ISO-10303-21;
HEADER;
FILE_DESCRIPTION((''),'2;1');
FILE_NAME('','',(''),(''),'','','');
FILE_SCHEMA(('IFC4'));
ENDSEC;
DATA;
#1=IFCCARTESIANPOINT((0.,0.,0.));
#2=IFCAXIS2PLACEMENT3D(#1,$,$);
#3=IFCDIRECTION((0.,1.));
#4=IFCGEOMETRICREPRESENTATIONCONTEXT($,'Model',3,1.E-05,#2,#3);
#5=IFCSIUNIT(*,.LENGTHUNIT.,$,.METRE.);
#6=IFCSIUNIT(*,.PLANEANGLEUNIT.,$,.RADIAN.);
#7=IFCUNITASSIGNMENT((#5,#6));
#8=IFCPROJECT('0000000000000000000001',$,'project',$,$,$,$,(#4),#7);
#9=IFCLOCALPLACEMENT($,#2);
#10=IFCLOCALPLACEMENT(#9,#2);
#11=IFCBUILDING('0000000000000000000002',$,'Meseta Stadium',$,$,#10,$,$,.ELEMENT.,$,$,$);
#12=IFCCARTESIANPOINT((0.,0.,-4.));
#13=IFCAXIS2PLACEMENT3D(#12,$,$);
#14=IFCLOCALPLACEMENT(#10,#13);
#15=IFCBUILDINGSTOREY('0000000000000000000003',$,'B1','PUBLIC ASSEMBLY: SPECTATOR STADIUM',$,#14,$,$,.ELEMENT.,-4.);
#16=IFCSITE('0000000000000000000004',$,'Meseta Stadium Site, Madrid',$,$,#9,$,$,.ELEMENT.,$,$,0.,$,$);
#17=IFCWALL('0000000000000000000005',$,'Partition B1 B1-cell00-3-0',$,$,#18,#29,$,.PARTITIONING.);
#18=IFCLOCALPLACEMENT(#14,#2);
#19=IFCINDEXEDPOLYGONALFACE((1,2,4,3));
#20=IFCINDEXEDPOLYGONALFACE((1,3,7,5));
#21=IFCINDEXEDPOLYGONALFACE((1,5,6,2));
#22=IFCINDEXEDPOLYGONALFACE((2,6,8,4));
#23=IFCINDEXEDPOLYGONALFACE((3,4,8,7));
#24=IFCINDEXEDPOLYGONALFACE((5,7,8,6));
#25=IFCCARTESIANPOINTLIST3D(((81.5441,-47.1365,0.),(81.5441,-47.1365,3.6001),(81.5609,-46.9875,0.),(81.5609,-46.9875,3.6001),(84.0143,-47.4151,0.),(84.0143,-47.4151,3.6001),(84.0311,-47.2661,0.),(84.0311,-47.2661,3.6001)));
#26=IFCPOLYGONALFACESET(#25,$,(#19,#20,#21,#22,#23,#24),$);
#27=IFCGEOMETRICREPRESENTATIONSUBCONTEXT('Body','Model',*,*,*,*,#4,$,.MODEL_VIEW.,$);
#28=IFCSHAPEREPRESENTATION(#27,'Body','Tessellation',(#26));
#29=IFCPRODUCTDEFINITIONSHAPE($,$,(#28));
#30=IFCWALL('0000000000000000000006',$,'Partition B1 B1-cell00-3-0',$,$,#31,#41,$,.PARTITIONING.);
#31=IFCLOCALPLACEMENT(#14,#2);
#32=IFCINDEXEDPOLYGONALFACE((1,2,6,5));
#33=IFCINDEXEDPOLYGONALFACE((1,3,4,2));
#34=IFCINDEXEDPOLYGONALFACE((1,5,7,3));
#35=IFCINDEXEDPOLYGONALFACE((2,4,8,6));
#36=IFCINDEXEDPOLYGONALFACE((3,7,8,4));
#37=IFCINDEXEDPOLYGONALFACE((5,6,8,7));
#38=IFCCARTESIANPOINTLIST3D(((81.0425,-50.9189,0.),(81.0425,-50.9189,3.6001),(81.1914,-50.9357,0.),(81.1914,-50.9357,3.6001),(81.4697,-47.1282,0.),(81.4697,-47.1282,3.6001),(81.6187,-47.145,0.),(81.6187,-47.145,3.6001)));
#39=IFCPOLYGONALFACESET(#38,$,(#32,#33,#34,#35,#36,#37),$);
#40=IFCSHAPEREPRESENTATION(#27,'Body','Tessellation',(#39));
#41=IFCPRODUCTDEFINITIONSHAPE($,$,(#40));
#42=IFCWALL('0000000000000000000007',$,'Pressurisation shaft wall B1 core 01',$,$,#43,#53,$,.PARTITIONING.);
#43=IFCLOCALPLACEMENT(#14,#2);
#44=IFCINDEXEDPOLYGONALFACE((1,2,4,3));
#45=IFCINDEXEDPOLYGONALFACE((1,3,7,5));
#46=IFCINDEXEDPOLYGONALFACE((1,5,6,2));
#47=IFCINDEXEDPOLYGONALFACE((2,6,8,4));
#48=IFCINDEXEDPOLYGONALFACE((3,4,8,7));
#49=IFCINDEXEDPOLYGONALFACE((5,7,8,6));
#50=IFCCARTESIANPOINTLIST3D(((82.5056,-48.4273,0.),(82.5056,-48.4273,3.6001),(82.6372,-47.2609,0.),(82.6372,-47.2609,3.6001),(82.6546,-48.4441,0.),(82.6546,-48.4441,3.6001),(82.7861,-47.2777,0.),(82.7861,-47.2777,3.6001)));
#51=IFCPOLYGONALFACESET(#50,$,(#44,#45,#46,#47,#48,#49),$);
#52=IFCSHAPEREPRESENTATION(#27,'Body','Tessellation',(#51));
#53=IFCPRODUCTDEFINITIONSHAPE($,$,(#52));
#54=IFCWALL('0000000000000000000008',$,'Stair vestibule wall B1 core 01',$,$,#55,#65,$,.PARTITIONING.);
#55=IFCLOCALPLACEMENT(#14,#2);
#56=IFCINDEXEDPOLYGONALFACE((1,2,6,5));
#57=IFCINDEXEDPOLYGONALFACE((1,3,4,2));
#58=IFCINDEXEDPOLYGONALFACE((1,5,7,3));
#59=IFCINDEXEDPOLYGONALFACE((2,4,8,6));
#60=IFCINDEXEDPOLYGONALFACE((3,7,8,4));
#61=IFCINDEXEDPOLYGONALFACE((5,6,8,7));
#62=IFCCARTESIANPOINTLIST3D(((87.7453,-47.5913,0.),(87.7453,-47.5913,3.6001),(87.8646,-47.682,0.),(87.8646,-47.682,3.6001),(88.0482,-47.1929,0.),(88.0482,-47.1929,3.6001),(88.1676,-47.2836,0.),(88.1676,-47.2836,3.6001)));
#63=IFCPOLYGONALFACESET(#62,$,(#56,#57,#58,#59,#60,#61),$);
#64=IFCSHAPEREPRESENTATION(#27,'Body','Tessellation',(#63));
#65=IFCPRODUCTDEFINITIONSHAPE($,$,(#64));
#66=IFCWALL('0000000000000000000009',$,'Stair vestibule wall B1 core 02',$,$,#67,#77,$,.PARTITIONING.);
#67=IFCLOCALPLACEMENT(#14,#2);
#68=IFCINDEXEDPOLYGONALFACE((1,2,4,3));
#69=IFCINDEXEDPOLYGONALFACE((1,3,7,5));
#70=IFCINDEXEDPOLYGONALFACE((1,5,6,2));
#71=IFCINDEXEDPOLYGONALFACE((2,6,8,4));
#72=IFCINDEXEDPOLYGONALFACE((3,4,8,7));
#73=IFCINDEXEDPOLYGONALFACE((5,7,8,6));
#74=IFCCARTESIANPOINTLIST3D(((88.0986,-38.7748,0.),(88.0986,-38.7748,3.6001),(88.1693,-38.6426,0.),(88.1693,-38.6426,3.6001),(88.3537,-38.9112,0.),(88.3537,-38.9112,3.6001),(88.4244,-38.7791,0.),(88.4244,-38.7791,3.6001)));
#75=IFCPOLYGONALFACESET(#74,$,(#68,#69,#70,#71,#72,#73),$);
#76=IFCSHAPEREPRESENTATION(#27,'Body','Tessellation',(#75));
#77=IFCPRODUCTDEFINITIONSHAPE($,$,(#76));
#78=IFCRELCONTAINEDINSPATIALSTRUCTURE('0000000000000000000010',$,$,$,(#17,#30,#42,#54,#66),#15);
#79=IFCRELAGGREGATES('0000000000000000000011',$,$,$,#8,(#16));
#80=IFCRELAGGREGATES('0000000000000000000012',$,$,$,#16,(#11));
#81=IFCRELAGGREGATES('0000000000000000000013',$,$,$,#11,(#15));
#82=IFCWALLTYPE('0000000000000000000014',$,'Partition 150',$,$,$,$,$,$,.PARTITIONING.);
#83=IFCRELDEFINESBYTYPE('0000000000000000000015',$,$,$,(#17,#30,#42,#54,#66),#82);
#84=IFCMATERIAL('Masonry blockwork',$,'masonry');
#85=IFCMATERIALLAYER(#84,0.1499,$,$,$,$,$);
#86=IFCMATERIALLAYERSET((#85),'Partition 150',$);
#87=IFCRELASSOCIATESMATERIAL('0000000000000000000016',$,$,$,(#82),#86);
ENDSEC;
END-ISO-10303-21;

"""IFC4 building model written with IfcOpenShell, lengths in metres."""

from ifc_helpers import new_model, si_unit, direction, frame, frame_2d, origin, place, context, subcontext, project, spatial, rectangle, extrude, material, layer, layer_set, type_object, element, save


model = new_model("IFC4")

# Units and contexts
model_context = context("Model", 3, precision=1e-05, world=origin(), true_north=direction((0.0, 1.0)))
body_context = subcontext(model_context, "Body", "Model", "MODEL_VIEW")
ifc_project = project(units=[si_unit("LENGTHUNIT", "METRE"), si_unit("PLANEANGLEUNIT", "RADIAN")], contexts=[model_context])

# Site, building, storey
site_placement = place(None, origin())
site = spatial("IfcSite", under=ifc_project, at=site_placement, Name="Meseta Stadium Site, Madrid", CompositionType="ELEMENT", RefElevation=0.0)
building_placement = place(site_placement, origin())
building = spatial("IfcBuilding", under=site, at=building_placement, Name="Meseta Stadium", CompositionType="ELEMENT")
storey_placement = place(building_placement, frame((0.0, 0.0, -4.0)))
storey = spatial("IfcBuildingStorey", under=building, at=storey_placement, Name="B1", Description="PUBLIC ASSEMBLY: SPECTATOR STADIUM", CompositionType="ELEMENT", Elevation=-4.0)

# Walls
ifc_material_1 = material(Name="Masonry blockwork", Category="masonry")
ifc_layer = layer(ifc_material_1, 0.1499)
ifc_layer_set = layer_set([ifc_layer], Name="Partition 150")
wall_type = type_object("IfcWallType", Name="Partition 150", PredefinedType="PARTITIONING", material=ifc_layer_set)
wall_1_placement = place(storey_placement, frame((84.0227, -47.3406, 0.0), z_axis=(0.0, 0.0, 1.0), x_axis=(-0.993702, 0.112059, 0.0)))
element("IfcWall", 1, at=wall_1_placement, inside=storey, type_object=wall_type, Name="Partition B1 B1-cell00-3-0", PredefinedType="PARTITIONING", context=body_context, shape_type="SweptSolid", body=[
    extrude(rectangle(XDim=2.4858, YDim=0.1499, at=frame_2d((1.2429, 0.0))), origin(), (0.0, 0.0, 1.0), 3.6001),
])
wall_2_placement = place(storey_placement, frame((81.5442, -47.1367, 0.0), z_axis=(0.0, 0.0, 1.0), x_axis=(-0.111998, -0.993708, 0.0)))
element("IfcWall", 2, at=wall_2_placement, inside=storey, type_object=wall_type, Name="Partition B1 B1-cell00-3-0", PredefinedType="PARTITIONING", context=body_context, shape_type="SweptSolid", body=[
    extrude(rectangle(XDim=3.8147, YDim=0.1499, at=frame_2d((1.9072, 0.0))), origin(), (0.0, 0.0, 1.0), 3.6001),
])
wall_3_placement = place(storey_placement, frame((82.7117, -47.2693, 0.0), z_axis=(0.0, 0.0, 1.0), x_axis=(-0.112098, -0.993697, 0.0)))
element("IfcWall", 3, at=wall_3_placement, inside=storey, type_object=wall_type, Name="Pressurisation shaft wall B1 core 01", PredefinedType="PARTITIONING", context=body_context, shape_type="SweptSolid", body=[
    extrude(rectangle(XDim=1.1738, YDim=0.1499, at=frame_2d((0.5869, 0.0))), origin(), (0.0, 0.0, 1.0), 3.6001),
])
wall_4_placement = place(storey_placement, frame((88.1079, -47.2383, 0.0), z_axis=(0.0, 0.0, 1.0), x_axis=(-0.605293, -0.796002, 0.0)))
element("IfcWall", 4, at=wall_4_placement, inside=storey, type_object=wall_type, Name="Stair vestibule wall B1 core 01", PredefinedType="PARTITIONING", context=body_context, shape_type="SweptSolid", body=[
    extrude(rectangle(XDim=0.5005, YDim=0.1499, at=frame_2d((0.2502, 0.0))), origin(), (0.0, 0.0, 1.0), 3.6001),
])
wall_5_placement = place(storey_placement, frame((88.134, -38.7087, 0.0), z_axis=(0.0, 0.0, 1.0), x_axis=(0.881768, -0.471683, 0.0)))
element("IfcWall", 5, at=wall_5_placement, inside=storey, type_object=wall_type, Name="Stair vestibule wall B1 core 02", PredefinedType="PARTITIONING", context=body_context, shape_type="SweptSolid", body=[
    extrude(rectangle(XDim=0.2893, YDim=0.1499, at=frame_2d((0.1445, 0.0))), origin(), (0.0, 0.0, 1.0), 3.6001),
])

save(model, "model.ifc")
